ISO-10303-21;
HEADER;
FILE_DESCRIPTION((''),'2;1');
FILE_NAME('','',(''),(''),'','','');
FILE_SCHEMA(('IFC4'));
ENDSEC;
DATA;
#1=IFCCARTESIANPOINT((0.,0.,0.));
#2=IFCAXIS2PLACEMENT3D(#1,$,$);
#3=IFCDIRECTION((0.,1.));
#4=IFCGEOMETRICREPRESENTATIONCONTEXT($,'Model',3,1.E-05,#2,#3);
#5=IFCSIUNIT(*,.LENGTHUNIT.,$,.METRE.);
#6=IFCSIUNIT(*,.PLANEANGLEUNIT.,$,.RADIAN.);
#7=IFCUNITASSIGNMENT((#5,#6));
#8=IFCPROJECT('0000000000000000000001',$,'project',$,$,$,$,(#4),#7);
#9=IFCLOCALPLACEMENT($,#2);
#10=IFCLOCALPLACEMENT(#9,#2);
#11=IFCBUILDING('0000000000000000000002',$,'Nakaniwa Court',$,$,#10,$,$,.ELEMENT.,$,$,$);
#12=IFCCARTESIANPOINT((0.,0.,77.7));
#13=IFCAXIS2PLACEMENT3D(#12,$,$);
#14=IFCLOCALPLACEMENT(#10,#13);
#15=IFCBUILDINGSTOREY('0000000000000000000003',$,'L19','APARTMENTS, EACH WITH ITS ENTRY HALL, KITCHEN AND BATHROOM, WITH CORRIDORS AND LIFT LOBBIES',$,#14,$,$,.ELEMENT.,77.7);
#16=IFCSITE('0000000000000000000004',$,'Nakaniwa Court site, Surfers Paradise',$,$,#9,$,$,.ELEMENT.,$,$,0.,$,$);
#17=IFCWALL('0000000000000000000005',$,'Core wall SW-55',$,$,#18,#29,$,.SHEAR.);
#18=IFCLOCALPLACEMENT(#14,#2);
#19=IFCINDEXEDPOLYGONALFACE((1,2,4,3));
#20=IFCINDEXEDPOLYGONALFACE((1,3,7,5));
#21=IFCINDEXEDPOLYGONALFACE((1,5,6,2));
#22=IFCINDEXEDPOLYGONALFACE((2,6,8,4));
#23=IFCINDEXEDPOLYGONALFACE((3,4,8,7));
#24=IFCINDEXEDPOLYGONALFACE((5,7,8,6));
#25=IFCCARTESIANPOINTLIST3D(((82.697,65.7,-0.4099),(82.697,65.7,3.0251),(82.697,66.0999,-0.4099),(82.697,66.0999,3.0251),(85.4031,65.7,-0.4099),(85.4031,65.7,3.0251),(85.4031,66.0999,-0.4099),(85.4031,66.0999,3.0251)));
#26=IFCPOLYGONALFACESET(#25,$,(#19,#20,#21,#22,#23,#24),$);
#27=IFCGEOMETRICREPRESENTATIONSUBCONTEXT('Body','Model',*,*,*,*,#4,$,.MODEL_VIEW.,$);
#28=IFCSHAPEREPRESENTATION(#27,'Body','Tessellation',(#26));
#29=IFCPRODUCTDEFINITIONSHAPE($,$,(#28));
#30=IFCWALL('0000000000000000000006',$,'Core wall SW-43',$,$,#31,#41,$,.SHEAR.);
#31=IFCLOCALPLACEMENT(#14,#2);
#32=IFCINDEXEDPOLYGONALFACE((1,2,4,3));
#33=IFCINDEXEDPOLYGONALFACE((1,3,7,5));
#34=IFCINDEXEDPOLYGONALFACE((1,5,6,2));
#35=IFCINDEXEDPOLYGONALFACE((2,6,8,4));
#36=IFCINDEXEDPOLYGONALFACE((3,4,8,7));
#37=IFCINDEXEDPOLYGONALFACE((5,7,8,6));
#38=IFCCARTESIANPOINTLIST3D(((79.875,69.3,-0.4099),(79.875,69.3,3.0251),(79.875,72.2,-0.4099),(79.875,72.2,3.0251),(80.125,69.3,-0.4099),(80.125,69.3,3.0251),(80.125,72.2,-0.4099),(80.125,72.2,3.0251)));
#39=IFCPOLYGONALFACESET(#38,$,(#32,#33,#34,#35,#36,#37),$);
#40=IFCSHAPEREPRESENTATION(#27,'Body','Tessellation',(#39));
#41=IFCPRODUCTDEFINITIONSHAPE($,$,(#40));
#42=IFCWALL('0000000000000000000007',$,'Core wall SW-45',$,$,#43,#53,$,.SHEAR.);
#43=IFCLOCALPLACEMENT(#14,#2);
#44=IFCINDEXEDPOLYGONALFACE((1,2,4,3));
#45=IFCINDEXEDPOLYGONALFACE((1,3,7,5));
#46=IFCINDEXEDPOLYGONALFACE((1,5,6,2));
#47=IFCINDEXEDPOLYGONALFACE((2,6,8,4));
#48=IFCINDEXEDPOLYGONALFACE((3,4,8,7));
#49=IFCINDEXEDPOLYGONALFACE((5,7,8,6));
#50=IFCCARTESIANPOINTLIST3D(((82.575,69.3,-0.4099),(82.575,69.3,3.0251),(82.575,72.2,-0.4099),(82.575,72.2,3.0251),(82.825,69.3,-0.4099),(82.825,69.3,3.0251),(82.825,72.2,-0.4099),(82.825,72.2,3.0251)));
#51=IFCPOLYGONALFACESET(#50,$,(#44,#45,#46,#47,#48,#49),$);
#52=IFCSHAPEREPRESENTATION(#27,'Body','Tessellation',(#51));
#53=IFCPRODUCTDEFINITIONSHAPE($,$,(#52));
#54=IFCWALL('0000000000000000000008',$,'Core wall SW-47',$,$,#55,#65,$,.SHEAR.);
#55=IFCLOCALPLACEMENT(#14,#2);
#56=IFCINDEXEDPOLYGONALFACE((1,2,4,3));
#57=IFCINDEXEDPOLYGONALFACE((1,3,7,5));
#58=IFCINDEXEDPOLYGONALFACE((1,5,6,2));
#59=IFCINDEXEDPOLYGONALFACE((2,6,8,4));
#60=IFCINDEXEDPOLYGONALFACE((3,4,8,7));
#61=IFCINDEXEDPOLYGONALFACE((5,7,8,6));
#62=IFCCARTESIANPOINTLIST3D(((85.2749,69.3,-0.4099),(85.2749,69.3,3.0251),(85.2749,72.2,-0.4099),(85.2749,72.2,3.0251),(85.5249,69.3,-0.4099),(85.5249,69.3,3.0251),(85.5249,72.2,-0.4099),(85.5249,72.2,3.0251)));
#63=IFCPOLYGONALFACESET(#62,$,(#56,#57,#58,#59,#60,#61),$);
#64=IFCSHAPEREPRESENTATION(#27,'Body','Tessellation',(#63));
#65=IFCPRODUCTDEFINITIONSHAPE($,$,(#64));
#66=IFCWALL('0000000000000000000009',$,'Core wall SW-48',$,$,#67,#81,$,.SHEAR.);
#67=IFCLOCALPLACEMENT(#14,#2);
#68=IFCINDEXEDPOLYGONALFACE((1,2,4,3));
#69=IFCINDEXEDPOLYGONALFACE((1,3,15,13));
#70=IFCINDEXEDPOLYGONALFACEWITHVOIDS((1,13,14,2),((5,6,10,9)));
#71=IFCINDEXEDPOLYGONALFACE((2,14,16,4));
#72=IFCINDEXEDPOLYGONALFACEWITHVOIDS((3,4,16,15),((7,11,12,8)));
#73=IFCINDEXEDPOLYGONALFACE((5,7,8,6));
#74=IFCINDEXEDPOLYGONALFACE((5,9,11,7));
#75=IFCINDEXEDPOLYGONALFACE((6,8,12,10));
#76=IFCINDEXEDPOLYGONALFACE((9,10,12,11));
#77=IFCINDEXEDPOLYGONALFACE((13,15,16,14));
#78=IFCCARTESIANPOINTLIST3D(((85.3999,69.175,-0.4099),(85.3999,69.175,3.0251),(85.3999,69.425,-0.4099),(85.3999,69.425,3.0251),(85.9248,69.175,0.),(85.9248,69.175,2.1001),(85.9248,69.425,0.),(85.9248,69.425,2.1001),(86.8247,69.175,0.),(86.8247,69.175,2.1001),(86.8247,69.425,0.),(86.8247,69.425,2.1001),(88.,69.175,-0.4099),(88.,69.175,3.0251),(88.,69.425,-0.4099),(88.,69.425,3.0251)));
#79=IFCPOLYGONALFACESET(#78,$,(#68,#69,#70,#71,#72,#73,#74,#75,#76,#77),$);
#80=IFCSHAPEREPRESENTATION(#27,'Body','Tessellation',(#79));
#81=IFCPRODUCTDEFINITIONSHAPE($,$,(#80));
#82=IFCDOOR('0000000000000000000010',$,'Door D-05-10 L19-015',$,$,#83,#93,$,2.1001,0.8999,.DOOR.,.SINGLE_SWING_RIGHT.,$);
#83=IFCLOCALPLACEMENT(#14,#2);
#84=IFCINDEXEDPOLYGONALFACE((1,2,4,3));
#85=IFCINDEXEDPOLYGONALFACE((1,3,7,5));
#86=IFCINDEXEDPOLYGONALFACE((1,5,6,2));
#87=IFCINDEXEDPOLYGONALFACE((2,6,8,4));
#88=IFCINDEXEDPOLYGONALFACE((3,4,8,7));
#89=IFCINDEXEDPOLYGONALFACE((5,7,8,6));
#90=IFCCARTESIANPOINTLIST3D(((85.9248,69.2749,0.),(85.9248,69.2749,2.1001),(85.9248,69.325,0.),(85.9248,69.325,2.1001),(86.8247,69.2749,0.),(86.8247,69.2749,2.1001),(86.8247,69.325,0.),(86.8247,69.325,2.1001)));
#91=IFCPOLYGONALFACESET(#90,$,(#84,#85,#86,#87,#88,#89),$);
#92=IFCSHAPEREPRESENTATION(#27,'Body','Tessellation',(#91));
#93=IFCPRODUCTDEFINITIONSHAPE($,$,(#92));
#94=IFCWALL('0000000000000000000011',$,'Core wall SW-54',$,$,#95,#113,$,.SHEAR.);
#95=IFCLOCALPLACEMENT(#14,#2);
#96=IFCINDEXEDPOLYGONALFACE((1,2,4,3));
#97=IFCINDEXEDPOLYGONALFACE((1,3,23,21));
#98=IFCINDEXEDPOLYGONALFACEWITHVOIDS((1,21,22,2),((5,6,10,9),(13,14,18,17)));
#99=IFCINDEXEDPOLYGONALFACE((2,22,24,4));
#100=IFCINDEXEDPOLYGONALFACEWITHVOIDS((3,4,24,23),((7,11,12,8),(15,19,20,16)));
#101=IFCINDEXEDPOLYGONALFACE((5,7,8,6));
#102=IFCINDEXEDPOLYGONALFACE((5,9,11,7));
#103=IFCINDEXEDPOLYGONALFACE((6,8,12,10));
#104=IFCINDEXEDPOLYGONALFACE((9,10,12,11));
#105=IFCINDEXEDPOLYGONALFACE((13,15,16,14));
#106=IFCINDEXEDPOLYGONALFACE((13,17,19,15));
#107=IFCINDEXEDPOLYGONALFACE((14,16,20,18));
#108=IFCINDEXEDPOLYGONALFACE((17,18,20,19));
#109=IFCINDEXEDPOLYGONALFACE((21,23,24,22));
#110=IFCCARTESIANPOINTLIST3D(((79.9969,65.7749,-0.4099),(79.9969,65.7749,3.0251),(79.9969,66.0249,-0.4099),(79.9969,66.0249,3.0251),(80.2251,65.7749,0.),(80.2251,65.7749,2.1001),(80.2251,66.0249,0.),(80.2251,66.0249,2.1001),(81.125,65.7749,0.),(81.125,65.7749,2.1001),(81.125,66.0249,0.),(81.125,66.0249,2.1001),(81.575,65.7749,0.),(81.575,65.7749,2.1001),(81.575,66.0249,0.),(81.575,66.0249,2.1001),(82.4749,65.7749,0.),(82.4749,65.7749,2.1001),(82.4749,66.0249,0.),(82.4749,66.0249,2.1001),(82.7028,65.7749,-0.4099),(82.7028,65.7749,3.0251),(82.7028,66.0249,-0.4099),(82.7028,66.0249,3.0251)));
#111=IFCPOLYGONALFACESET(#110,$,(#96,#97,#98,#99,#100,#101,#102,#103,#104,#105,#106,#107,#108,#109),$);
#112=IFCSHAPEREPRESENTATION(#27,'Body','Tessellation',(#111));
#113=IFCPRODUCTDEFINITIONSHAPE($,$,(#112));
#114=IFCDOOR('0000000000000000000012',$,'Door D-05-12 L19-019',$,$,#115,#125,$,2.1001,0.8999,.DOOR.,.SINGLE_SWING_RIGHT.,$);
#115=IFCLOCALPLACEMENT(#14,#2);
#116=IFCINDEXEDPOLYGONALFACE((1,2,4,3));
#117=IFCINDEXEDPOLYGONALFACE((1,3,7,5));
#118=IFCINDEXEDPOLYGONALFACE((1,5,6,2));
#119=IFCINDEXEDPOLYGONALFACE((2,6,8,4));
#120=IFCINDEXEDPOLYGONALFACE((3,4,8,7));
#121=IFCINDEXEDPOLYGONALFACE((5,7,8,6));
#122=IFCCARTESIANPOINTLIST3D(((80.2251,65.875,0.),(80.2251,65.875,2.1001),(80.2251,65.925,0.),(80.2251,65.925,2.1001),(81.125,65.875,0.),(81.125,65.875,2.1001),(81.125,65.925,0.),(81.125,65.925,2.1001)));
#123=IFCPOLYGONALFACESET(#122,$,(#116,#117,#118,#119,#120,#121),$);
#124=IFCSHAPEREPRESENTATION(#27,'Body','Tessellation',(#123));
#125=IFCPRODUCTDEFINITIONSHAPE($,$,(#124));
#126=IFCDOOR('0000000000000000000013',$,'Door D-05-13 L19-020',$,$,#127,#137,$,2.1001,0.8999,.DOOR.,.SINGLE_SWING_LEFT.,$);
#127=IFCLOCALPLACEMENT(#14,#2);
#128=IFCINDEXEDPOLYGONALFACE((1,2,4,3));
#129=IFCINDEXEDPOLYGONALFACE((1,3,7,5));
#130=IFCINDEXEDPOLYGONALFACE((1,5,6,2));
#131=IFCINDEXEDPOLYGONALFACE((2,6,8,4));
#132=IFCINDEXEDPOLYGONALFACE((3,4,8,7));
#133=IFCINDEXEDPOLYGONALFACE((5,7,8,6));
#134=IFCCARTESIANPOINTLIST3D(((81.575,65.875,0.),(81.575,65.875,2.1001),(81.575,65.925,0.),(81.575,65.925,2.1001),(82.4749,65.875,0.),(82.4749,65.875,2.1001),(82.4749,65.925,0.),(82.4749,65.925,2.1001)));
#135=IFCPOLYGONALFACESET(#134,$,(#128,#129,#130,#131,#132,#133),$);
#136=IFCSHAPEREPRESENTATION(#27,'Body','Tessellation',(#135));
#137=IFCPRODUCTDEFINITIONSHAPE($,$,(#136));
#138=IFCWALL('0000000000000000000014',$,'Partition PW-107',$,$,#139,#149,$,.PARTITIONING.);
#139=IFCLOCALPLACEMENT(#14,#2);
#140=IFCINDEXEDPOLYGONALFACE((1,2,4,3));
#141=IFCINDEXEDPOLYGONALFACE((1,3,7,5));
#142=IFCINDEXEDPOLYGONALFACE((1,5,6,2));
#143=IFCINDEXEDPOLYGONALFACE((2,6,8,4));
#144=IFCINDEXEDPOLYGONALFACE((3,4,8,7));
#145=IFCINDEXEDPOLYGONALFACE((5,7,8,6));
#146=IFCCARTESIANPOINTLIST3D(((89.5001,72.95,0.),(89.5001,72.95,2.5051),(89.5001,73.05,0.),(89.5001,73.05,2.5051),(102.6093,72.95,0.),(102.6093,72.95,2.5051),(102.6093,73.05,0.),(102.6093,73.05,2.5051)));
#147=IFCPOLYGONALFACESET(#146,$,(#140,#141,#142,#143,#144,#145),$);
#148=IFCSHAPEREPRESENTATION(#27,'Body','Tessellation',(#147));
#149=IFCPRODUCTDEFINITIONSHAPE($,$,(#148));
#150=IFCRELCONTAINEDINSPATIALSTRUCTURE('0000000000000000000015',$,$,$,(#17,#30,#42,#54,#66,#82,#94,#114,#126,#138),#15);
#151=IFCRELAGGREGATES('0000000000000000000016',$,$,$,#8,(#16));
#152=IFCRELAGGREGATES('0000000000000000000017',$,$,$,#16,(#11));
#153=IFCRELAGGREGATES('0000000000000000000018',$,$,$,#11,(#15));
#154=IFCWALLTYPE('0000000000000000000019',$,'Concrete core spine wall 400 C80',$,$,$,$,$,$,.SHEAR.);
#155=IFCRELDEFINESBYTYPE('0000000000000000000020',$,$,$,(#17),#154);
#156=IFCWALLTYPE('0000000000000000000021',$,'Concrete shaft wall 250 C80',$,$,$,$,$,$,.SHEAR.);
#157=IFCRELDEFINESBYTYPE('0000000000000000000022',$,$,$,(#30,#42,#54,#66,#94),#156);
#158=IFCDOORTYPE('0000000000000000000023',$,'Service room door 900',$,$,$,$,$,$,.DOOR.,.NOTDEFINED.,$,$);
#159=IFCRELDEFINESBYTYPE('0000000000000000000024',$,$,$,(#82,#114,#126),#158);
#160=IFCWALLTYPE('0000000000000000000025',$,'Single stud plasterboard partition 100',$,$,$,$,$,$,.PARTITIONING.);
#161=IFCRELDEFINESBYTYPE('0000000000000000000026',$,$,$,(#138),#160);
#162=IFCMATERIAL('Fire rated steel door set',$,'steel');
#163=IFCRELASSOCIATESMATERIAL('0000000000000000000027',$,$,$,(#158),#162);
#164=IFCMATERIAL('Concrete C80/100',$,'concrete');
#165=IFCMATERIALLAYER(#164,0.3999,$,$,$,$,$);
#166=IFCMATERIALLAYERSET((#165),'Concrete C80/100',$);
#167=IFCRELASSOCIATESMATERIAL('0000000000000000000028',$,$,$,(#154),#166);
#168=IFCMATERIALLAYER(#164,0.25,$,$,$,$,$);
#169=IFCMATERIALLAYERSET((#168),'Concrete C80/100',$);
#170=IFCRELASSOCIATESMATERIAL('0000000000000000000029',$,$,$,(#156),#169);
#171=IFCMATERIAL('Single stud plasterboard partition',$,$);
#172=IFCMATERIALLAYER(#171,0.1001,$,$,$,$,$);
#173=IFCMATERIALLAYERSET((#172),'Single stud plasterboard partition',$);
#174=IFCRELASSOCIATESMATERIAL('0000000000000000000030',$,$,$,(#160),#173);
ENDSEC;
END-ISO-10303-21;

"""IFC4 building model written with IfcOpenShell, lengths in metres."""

from ifc_helpers import new_model, si_unit, direction, frame, frame_2d, origin, place, context, subcontext, project, spatial, rectangle, extrude, material, layer, layer_set, type_object, element, fill, save


model = new_model("IFC4")

# Units and contexts
model_context = context("Model", 3, precision=1e-05, world=origin(), true_north=direction((0.0, 1.0)))
body_context = subcontext(model_context, "Body", "Model", "MODEL_VIEW")
ifc_project = project(units=[si_unit("LENGTHUNIT", "METRE"), si_unit("PLANEANGLEUNIT", "RADIAN")], contexts=[model_context])

# Site, building, storey
site_placement = place(None, origin())
site = spatial("IfcSite", under=ifc_project, at=site_placement, Name="Nakaniwa Court site, Surfers Paradise", CompositionType="ELEMENT", RefElevation=0.0)
building_placement = place(site_placement, origin())
building = spatial("IfcBuilding", under=site, at=building_placement, Name="Nakaniwa Court", CompositionType="ELEMENT")
storey_placement = place(building_placement, frame((0.0, 0.0, 77.7)))
storey = spatial("IfcBuildingStorey", under=building, at=storey_placement, Name="L19", Description="APARTMENTS, EACH WITH ITS ENTRY HALL, KITCHEN AND BATHROOM, WITH CORRIDORS AND LIFT LOBBIES", CompositionType="ELEMENT", Elevation=77.7)

# Shared definitions
ifc_material_1 = material(Name="Concrete C80/100", Category="concrete")

# Shared definitions
ifc_material_2 = material(Name="Fire rated steel door set", Category="steel")
door_type_1 = type_object("IfcDoorType", Name="Service room door 900", OperationType="NOTDEFINED", PredefinedType="DOOR", material=ifc_material_2)

# Walls
ifc_layer_1 = layer(ifc_material_1, 0.3999)
ifc_layer_set_1 = layer_set([ifc_layer_1], Name="Concrete C80/100")
wall_type_1 = type_object("IfcWallType", Name="Concrete core spine wall 400 C80", PredefinedType="SHEAR", material=ifc_layer_set_1)
wall_1_placement = place(storey_placement, frame((82.697, 65.8999, -0.4099), z_axis=(0.0, 0.0, 1.0), x_axis=(1.0, 0.0, 0.0)))
element("IfcWall", 1, at=wall_1_placement, inside=storey, type_object=wall_type_1, Name="Core wall SW-55", PredefinedType="SHEAR", context=body_context, shape_type="SweptSolid", body=[
    extrude(rectangle(XDim=2.7061, YDim=0.3999, at=frame_2d((1.353, 0.0))), origin(), (0.0, 0.0, 1.0), 3.4351),
])
ifc_layer_2 = layer(ifc_material_1, 0.25)
ifc_layer_set_2 = layer_set([ifc_layer_2], Name="Concrete C80/100")
wall_type_2 = type_object("IfcWallType", Name="Concrete shaft wall 250 C80", PredefinedType="SHEAR", material=ifc_layer_set_2)
for number, where, z_axis, x_axis, name in (
    (2, (80.0, 69.3, -0.4099), (0.0, 0.0, 1.0), (0.0, 1.0, 0.0), "Core wall SW-43"),
    (3, (82.7, 69.3, -0.4099), (0.0, 0.0, 1.0), (0.0, 1.0, 0.0), "Core wall SW-45"),
    (4, (85.3999, 69.3, -0.4099), (0.0, 0.0, 1.0), (0.0, 1.0, 0.0), "Core wall SW-47"),
):
    element("IfcWall", number, at=place(storey_placement, frame(where, z_axis=z_axis, x_axis=x_axis)), inside=storey, type_object=wall_type_2, Name=name, PredefinedType="SHEAR", context=body_context, shape_type="SweptSolid", body=[
        extrude(rectangle(XDim=2.8999, YDim=0.25, at=frame_2d((1.45, 0.0))), origin(), (0.0, 0.0, 1.0), 3.4351),
    ])

# Wall, opening, door
wall_2_placement = place(storey_placement, frame((85.3999, 69.3, -0.4099), z_axis=(0.0, 0.0, 1.0), x_axis=(1.0, 0.0, 0.0)))
wall_2 = element("IfcWall", 5, at=wall_2_placement, inside=storey, type_object=wall_type_2, Name="Core wall SW-48", PredefinedType="SHEAR", context=body_context, shape_type="SweptSolid", body=[
    extrude(rectangle(XDim=2.6001, YDim=0.25, at=frame_2d((1.3, 0.0))), origin(), (0.0, 0.0, 1.0), 3.4351),
])
opening_1_placement = place(wall_2_placement, frame((0.5249, 0.0, 0.4099)))
opening_1 = element("IfcOpeningElement", 6, at=opening_1_placement, cuts=wall_2, PredefinedType="OPENING", context=body_context, shape_type="SweptSolid", body=[
    extrude(rectangle(XDim=0.8999, YDim=2.1001, at=frame_2d((0.45, 1.05))), frame((0.0, 0.135, 0.0), z_axis=(0.0, -1.0, 0.0), x_axis=(1.0, 0.0, 0.0)), (0.0, 0.0, 1.0), 0.27),
])
door_1_placement = place(opening_1_placement, origin())
door_1 = element("IfcDoor", 7, at=door_1_placement, inside=storey, type_object=door_type_1, Name="Door D-05-10 L19-015", OperationType="SINGLE_SWING_RIGHT", OverallHeight=2.1001, OverallWidth=0.8999, PredefinedType="DOOR", context=body_context, shape_type="SweptSolid", body=[
    extrude(rectangle(XDim=0.8999, YDim=2.1001, at=frame_2d((0.45, 1.05))), frame((0.0, 0.0249, 0.0), z_axis=(0.0, -1.0, 0.0), x_axis=(1.0, 0.0, 0.0)), (0.0, 0.0, 1.0), 0.05),
])
fill(opening_1, door_1)

# Wall, openings, doors
wall_3_placement = place(storey_placement, frame((82.7029, 65.8999, -0.4099), z_axis=(0.0, 0.0, 1.0), x_axis=(-1.0, 0.0, 0.0)))
wall_3 = element("IfcWall", 8, at=wall_3_placement, inside=storey, type_object=wall_type_2, Name="Core wall SW-54", PredefinedType="SHEAR", context=body_context, shape_type="SweptSolid", body=[
    extrude(rectangle(XDim=2.7058, YDim=0.25, at=frame_2d((1.353, 0.0))), origin(), (0.0, 0.0, 1.0), 3.4351),
])
opening_2_placement = place(wall_3_placement, frame((1.5779, 0.0, 0.4099)))
opening_2 = element("IfcOpeningElement", 9, at=opening_2_placement, cuts=wall_3, PredefinedType="OPENING", context=body_context, shape_type="SweptSolid", body=[
    extrude(rectangle(XDim=0.8999, YDim=2.1001, at=frame_2d((0.45, 1.05))), frame((0.0, 0.135, 0.0), z_axis=(0.0, -1.0, 0.0), x_axis=(1.0, 0.0, 0.0)), (0.0, 0.0, 1.0), 0.27),
])
opening_3_placement = place(wall_3_placement, frame((0.228, 0.0, 0.4099)))
opening_3 = element("IfcOpeningElement", 10, at=opening_3_placement, cuts=wall_3, PredefinedType="OPENING", context=body_context, shape_type="SweptSolid", body=[
    extrude(rectangle(XDim=0.8999, YDim=2.1001, at=frame_2d((0.45, 1.05))), frame((0.0, 0.135, 0.0), z_axis=(0.0, -1.0, 0.0), x_axis=(1.0, 0.0, 0.0)), (0.0, 0.0, 1.0), 0.27),
])
door_2_placement = place(opening_2_placement, origin())
door_2 = element("IfcDoor", 11, at=door_2_placement, inside=storey, type_object=door_type_1, Name="Door D-05-12 L19-019", OperationType="SINGLE_SWING_RIGHT", OverallHeight=2.1001, OverallWidth=0.8999, PredefinedType="DOOR", context=body_context, shape_type="SweptSolid", body=[
    extrude(rectangle(XDim=0.8999, YDim=2.1001, at=frame_2d((0.45, 1.05))), frame((0.0, 0.0249, 0.0), z_axis=(0.0, -1.0, 0.0), x_axis=(1.0, 0.0, 0.0)), (0.0, 0.0, 1.0), 0.05),
])
fill(opening_2, door_2)
door_3_placement = place(opening_3_placement, origin())
door_3 = element("IfcDoor", 12, at=door_3_placement, inside=storey, type_object=door_type_1, Name="Door D-05-13 L19-020", OperationType="SINGLE_SWING_LEFT", OverallHeight=2.1001, OverallWidth=0.8999, PredefinedType="DOOR", context=body_context, shape_type="SweptSolid", body=[
    extrude(rectangle(XDim=0.8999, YDim=2.1001, at=frame_2d((0.45, 1.05))), frame((0.0, 0.0249, 0.0), z_axis=(0.0, -1.0, 0.0), x_axis=(1.0, 0.0, 0.0)), (0.0, 0.0, 1.0), 0.05),
])
fill(opening_3, door_3)

# Wall
ifc_material_3 = material(Name="Single stud plasterboard partition")
ifc_layer_3 = layer(ifc_material_3, 0.1001)
ifc_layer_set_3 = layer_set([ifc_layer_3], Name="Single stud plasterboard partition")
wall_type_3 = type_object("IfcWallType", Name="Single stud plasterboard partition 100", PredefinedType="PARTITIONING", material=ifc_layer_set_3)
wall_4_placement = place(storey_placement, frame((89.5, 73.0, 0.0), z_axis=(0.0, 0.0, 1.0), x_axis=(1.0, 0.0, 0.0)))
element("IfcWall", 13, at=wall_4_placement, inside=storey, type_object=wall_type_3, Name="Partition PW-107", PredefinedType="PARTITIONING", context=body_context, shape_type="SweptSolid", body=[
    extrude(rectangle(XDim=13.1091, YDim=0.1001, at=frame_2d((6.5547, 0.0))), origin(), (0.0, 0.0, 1.0), 2.5051),
])

save(model, "model.ifc")
